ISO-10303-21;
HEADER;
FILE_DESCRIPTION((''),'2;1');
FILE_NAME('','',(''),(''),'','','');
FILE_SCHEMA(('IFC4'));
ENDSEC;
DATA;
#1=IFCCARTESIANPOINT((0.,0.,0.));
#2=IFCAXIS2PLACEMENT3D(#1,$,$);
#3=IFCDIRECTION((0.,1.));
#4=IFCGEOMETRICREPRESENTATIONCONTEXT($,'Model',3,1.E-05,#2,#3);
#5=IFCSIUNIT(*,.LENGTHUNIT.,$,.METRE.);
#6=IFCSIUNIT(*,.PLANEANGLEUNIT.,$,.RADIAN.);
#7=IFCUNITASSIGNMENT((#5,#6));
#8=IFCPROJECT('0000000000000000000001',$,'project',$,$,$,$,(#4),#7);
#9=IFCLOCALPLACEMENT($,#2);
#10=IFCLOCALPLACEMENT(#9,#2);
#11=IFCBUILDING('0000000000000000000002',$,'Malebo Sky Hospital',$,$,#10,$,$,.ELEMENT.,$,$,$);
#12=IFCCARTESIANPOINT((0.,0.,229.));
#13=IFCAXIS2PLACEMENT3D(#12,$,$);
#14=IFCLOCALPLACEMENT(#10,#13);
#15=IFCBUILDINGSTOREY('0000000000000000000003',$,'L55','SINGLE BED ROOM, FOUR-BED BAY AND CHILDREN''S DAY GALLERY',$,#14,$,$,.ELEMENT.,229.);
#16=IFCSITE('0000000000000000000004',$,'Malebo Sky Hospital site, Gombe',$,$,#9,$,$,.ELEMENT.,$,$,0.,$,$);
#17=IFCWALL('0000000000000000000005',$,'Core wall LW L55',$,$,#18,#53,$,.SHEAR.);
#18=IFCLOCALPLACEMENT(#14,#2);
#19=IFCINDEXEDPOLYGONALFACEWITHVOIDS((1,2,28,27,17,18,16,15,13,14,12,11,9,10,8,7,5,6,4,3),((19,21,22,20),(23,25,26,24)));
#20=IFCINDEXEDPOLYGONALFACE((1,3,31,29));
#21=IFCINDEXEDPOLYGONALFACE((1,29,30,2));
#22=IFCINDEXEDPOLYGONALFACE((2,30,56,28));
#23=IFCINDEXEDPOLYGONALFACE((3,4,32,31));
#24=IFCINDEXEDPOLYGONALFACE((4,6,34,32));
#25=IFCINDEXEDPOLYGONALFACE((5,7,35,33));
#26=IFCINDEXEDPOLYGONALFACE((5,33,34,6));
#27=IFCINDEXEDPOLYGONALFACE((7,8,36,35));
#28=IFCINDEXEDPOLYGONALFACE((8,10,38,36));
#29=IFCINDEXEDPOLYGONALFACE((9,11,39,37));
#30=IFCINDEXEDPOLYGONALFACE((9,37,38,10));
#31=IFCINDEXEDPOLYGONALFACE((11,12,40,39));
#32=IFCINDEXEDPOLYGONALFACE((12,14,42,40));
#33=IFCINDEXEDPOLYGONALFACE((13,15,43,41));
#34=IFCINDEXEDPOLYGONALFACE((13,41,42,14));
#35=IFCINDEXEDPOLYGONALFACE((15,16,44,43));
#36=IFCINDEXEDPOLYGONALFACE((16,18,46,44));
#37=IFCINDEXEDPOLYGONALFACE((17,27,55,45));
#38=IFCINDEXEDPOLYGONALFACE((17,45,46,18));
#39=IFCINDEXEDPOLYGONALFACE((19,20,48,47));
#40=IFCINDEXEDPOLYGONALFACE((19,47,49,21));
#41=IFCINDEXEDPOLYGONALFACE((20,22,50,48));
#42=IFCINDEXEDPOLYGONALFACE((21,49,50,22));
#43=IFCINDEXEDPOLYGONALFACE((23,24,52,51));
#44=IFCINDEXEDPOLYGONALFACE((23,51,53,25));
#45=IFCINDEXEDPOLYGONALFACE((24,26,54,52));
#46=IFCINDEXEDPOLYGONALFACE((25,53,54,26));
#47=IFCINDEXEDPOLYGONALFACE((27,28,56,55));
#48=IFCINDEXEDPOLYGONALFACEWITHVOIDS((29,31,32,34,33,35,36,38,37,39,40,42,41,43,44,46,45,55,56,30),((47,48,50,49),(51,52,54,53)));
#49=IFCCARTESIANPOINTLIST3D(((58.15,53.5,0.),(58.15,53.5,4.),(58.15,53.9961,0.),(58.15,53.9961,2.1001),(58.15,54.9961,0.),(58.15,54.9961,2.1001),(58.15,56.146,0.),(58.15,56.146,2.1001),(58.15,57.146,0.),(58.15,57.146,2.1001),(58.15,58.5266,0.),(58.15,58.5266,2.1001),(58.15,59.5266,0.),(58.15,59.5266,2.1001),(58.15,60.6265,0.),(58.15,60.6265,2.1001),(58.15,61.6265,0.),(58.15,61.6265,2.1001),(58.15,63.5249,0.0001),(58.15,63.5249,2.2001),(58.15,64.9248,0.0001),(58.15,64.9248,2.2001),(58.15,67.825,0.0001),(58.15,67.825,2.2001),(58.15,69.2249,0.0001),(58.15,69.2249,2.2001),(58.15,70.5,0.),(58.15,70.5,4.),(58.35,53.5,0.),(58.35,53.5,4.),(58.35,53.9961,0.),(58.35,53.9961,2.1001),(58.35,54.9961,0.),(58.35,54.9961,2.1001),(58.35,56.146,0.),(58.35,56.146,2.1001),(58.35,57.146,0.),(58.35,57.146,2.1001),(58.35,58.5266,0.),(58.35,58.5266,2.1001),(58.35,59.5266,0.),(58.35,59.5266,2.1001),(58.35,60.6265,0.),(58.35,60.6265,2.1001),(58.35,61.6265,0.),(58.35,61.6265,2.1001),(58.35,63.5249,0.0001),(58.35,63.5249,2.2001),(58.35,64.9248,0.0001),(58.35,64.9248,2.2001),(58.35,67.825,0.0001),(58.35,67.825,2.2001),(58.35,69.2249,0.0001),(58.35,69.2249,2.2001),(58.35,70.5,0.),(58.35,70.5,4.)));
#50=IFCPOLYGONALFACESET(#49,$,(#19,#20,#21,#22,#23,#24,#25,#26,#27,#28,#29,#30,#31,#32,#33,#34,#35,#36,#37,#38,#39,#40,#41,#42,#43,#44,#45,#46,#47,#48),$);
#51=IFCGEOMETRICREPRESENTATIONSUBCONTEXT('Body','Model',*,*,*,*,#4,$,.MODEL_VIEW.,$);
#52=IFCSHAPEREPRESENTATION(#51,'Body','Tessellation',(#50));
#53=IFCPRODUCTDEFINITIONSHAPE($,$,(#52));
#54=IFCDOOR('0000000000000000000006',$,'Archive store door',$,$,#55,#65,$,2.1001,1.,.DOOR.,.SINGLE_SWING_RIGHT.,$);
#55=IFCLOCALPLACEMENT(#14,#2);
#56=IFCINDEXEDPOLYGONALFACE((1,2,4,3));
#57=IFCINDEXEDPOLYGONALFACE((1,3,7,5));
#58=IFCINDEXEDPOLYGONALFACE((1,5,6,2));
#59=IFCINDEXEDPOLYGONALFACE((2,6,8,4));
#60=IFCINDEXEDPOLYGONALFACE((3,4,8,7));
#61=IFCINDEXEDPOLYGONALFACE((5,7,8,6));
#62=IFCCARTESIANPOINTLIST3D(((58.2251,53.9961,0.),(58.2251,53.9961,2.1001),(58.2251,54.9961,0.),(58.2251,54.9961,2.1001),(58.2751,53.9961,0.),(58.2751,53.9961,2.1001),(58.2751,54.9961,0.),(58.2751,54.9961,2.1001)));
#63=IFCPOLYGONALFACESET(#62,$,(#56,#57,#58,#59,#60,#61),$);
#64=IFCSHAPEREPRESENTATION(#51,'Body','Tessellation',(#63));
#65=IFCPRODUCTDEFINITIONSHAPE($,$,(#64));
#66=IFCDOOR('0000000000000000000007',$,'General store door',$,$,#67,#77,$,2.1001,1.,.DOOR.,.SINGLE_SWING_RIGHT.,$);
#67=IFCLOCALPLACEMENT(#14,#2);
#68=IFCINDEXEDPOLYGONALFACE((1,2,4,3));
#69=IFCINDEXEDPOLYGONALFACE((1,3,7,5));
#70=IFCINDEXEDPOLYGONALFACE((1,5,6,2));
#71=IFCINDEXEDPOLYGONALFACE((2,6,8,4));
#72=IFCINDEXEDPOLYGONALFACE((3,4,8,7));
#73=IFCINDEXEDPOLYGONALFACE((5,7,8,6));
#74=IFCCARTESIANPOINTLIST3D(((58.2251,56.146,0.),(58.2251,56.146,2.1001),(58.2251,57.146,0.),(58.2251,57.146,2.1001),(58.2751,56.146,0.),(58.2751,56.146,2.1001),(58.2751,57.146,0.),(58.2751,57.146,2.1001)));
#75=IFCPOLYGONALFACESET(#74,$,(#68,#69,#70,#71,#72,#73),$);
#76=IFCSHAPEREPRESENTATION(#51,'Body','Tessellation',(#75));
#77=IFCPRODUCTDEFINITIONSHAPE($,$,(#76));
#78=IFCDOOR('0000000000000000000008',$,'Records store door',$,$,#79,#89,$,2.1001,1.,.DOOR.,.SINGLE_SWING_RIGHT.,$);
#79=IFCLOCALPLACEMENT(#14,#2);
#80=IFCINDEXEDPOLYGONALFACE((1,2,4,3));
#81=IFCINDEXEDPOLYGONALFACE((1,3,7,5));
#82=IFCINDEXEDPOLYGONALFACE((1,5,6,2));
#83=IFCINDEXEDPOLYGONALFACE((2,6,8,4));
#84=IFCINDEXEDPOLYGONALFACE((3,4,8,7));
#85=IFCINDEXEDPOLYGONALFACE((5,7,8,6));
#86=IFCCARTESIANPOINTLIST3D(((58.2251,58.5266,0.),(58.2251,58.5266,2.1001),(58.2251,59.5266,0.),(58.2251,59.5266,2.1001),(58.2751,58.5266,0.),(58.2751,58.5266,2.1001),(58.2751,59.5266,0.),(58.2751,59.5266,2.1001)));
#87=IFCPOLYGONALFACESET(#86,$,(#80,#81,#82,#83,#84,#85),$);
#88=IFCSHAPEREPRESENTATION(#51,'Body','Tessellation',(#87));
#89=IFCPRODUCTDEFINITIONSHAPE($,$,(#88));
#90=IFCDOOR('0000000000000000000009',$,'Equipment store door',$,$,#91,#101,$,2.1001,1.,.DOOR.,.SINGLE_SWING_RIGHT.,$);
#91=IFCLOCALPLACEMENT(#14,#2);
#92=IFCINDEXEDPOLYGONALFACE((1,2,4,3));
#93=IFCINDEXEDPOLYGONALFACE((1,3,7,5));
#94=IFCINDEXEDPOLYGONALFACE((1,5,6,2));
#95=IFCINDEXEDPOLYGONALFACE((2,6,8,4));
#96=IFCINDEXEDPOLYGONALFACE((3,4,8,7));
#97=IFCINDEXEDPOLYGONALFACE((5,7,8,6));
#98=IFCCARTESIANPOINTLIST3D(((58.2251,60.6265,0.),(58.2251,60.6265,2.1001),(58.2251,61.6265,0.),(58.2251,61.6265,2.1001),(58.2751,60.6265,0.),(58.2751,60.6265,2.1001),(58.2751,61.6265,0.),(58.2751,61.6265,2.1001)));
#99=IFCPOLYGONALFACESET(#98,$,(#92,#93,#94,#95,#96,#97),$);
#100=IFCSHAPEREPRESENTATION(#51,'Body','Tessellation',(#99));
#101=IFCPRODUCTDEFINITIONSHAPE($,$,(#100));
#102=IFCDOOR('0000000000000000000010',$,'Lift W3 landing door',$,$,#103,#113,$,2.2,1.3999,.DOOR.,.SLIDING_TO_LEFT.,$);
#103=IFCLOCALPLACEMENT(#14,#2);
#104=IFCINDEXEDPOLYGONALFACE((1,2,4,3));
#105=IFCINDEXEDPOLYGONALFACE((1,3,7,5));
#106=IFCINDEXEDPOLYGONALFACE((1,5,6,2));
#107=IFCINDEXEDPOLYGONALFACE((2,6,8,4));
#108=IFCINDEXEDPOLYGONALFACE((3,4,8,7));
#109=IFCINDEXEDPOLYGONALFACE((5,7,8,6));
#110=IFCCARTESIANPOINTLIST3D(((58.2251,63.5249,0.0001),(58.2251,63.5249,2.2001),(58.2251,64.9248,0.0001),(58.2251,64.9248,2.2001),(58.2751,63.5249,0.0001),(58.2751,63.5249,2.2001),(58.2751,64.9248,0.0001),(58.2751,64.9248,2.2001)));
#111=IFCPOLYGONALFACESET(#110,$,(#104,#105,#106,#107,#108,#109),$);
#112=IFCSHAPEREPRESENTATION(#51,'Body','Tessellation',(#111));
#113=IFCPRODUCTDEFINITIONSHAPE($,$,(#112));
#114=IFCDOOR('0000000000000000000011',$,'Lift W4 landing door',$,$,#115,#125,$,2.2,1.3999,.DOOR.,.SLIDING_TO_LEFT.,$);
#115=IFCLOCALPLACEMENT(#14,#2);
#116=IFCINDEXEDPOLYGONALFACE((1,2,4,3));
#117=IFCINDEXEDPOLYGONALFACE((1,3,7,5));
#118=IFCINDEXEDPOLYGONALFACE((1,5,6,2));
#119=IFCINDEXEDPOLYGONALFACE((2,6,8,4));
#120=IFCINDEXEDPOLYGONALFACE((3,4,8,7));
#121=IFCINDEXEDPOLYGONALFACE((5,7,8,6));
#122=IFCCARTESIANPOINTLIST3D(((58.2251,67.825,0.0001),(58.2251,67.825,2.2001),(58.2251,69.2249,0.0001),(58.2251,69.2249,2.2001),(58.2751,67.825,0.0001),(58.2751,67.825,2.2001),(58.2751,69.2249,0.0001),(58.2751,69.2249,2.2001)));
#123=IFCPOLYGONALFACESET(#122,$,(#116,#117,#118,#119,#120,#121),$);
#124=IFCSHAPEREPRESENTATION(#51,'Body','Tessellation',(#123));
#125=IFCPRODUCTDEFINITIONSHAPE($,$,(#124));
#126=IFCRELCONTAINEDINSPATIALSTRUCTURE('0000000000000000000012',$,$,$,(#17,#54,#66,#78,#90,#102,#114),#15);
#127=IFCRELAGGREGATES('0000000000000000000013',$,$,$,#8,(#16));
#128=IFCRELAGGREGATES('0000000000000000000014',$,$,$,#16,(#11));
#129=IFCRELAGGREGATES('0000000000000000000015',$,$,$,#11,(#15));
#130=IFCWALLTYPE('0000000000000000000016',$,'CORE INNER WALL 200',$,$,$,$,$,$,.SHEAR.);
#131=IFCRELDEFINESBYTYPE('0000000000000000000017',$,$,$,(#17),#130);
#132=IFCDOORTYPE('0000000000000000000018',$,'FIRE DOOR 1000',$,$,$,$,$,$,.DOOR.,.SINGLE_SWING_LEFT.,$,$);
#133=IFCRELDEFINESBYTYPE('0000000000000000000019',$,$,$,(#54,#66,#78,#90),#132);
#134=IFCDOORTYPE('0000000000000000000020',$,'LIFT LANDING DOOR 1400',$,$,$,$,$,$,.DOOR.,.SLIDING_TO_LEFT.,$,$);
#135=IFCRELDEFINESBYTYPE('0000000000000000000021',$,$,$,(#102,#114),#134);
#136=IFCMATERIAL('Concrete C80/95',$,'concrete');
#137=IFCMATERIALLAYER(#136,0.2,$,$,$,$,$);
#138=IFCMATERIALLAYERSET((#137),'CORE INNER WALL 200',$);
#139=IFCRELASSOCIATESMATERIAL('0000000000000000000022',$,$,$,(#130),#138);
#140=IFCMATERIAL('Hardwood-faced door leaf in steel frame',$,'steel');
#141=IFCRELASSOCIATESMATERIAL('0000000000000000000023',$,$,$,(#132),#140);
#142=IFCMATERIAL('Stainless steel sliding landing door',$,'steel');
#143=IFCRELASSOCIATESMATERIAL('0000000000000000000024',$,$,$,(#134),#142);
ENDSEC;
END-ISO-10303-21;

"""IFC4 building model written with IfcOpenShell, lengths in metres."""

from ifc_helpers import new_model, si_unit, direction, frame, frame_2d, origin, place, context, subcontext, project, spatial, rectangle, extrude, material, layer, layer_set, type_object, element, fill, save


model = new_model("IFC4")

# Units and contexts
model_context = context("Model", 3, precision=1e-05, world=origin(), true_north=direction((0.0, 1.0)))
body_context = subcontext(model_context, "Body", "Model", "MODEL_VIEW")
ifc_project = project(units=[si_unit("LENGTHUNIT", "METRE"), si_unit("PLANEANGLEUNIT", "RADIAN")], contexts=[model_context])

# Site, building, storey
site_placement = place(None, origin())
site = spatial("IfcSite", under=ifc_project, at=site_placement, Name="Malebo Sky Hospital site, Gombe", CompositionType="ELEMENT", RefElevation=0.0)
building_placement = place(site_placement, origin())
building = spatial("IfcBuilding", under=site, at=building_placement, Name="Malebo Sky Hospital", CompositionType="ELEMENT")
storey_placement = place(building_placement, frame((0.0, 0.0, 229.0)))
storey = spatial("IfcBuildingStorey", under=building, at=storey_placement, Name="L55", Description="SINGLE BED ROOM, FOUR-BED BAY AND CHILDREN'S DAY GALLERY", CompositionType="ELEMENT", Elevation=229.0)

# Wall, openings, doors
ifc_material_1 = material(Name="Concrete C80/95", Category="concrete")
ifc_layer_1 = layer(ifc_material_1, 0.2)
ifc_layer_set_1 = layer_set([ifc_layer_1], Name="CORE INNER WALL 200")
wall_type_1 = type_object("IfcWallType", Name="CORE INNER WALL 200", PredefinedType="SHEAR", material=ifc_layer_set_1)
wall_1_placement = place(storey_placement, frame((58.25, 53.5, 0.0), z_axis=(0.0, 0.0, 1.0), x_axis=(0.0, 1.0, 0.0)))
wall_1 = element("IfcWall", 1, at=wall_1_placement, inside=storey, type_object=wall_type_1, Name="Core wall LW L55", PredefinedType="SHEAR", context=body_context, shape_type="SweptSolid", body=[
    extrude(rectangle(XDim=17.0, YDim=0.2, at=frame_2d((8.5, 0.0))), origin(), (0.0, 0.0, 1.0), 4.0),
])
opening_1_placement = place(wall_1_placement, frame((0.4961, 0.0, 0.0)))
opening_1 = element("IfcOpeningElement", 2, at=opening_1_placement, cuts=wall_1, PredefinedType="OPENING", context=body_context, shape_type="SweptSolid", body=[
    extrude(rectangle(XDim=1.0, YDim=2.1001, at=frame_2d((0.5, 1.05))), frame((0.0, 0.1099, 0.0), z_axis=(0.0, -1.0, 0.0), x_axis=(1.0, 0.0, 0.0)), (0.0, 0.0, 1.0), 0.22),
])
opening_2_placement = place(wall_1_placement, frame((2.646, 0.0, 0.0)))
opening_2 = element("IfcOpeningElement", 3, at=opening_2_placement, cuts=wall_1, PredefinedType="OPENING", context=body_context, shape_type="SweptSolid", body=[
    extrude(rectangle(XDim=1.0, YDim=2.1001, at=frame_2d((0.5, 1.05))), frame((0.0, 0.1099, 0.0), z_axis=(0.0, -1.0, 0.0), x_axis=(1.0, 0.0, 0.0)), (0.0, 0.0, 1.0), 0.22),
])
opening_3_placement = place(wall_1_placement, frame((5.0266, 0.0, 0.0)))
opening_3 = element("IfcOpeningElement", 4, at=opening_3_placement, cuts=wall_1, PredefinedType="OPENING", context=body_context, shape_type="SweptSolid", body=[
    extrude(rectangle(XDim=1.0, YDim=2.1001, at=frame_2d((0.5, 1.05))), frame((0.0, 0.1099, 0.0), z_axis=(0.0, -1.0, 0.0), x_axis=(1.0, 0.0, 0.0)), (0.0, 0.0, 1.0), 0.22),
])
opening_4_placement = place(wall_1_placement, frame((7.1265, 0.0, 0.0)))
opening_4 = element("IfcOpeningElement", 5, at=opening_4_placement, cuts=wall_1, PredefinedType="OPENING", context=body_context, shape_type="SweptSolid", body=[
    extrude(rectangle(XDim=1.0, YDim=2.1001, at=frame_2d((0.5, 1.05))), frame((0.0, 0.1099, 0.0), z_axis=(0.0, -1.0, 0.0), x_axis=(1.0, 0.0, 0.0)), (0.0, 0.0, 1.0), 0.22),
])
opening_5_placement = place(wall_1_placement, frame((10.0249, 0.0, 0.0)))
opening_5 = element("IfcOpeningElement", 6, at=opening_5_placement, cuts=wall_1, PredefinedType="OPENING", context=body_context, shape_type="SweptSolid", body=[
    extrude(rectangle(XDim=1.3999, YDim=2.2, at=frame_2d((0.7, 1.1001))), frame((0.0, 0.1099, 0.0), z_axis=(0.0, -1.0, 0.0), x_axis=(1.0, 0.0, 0.0)), (0.0, 0.0, 1.0), 0.22),
])
opening_6_placement = place(wall_1_placement, frame((14.325, 0.0, 0.0)))
opening_6 = element("IfcOpeningElement", 7, at=opening_6_placement, cuts=wall_1, PredefinedType="OPENING", context=body_context, shape_type="SweptSolid", body=[
    extrude(rectangle(XDim=1.3999, YDim=2.2, at=frame_2d((0.7, 1.1001))), frame((0.0, 0.1099, 0.0), z_axis=(0.0, -1.0, 0.0), x_axis=(1.0, 0.0, 0.0)), (0.0, 0.0, 1.0), 0.22),
])
ifc_material_2 = material(Name="Hardwood-faced door leaf in steel frame", Category="steel")
door_type_1 = type_object("IfcDoorType", Name="FIRE DOOR 1000", OperationType="SINGLE_SWING_LEFT", PredefinedType="DOOR", material=ifc_material_2)
door_1_placement = place(opening_1_placement, origin())
door_1 = element("IfcDoor", 8, at=door_1_placement, inside=storey, type_object=door_type_1, Name="Archive store door", OperationType="SINGLE_SWING_RIGHT", OverallHeight=2.1001, OverallWidth=1.0, PredefinedType="DOOR", context=body_context, shape_type="SweptSolid", body=[
    extrude(rectangle(XDim=1.0, YDim=2.1001, at=frame_2d((0.5, 1.05))), frame((0.0, 0.0249, 0.0), z_axis=(0.0, -1.0, 0.0), x_axis=(1.0, 0.0, 0.0)), (0.0, 0.0, 1.0), 0.05),
])
fill(opening_1, door_1)
door_2_placement = place(opening_2_placement, origin())
door_2 = element("IfcDoor", 9, at=door_2_placement, inside=storey, type_object=door_type_1, Name="General store door", OperationType="SINGLE_SWING_RIGHT", OverallHeight=2.1001, OverallWidth=1.0, PredefinedType="DOOR", context=body_context, shape_type="SweptSolid", body=[
    extrude(rectangle(XDim=1.0, YDim=2.1001, at=frame_2d((0.5, 1.05))), frame((0.0, 0.0249, 0.0), z_axis=(0.0, -1.0, 0.0), x_axis=(1.0, 0.0, 0.0)), (0.0, 0.0, 1.0), 0.05),
])
fill(opening_2, door_2)
door_3_placement = place(opening_3_placement, origin())
door_3 = element("IfcDoor", 10, at=door_3_placement, inside=storey, type_object=door_type_1, Name="Records store door", OperationType="SINGLE_SWING_RIGHT", OverallHeight=2.1001, OverallWidth=1.0, PredefinedType="DOOR", context=body_context, shape_type="SweptSolid", body=[
    extrude(rectangle(XDim=1.0, YDim=2.1001, at=frame_2d((0.5, 1.05))), frame((0.0, 0.0249, 0.0), z_axis=(0.0, -1.0, 0.0), x_axis=(1.0, 0.0, 0.0)), (0.0, 0.0, 1.0), 0.05),
])
fill(opening_3, door_3)
door_4_placement = place(opening_4_placement, origin())
door_4 = element("IfcDoor", 11, at=door_4_placement, inside=storey, type_object=door_type_1, Name="Equipment store door", OperationType="SINGLE_SWING_RIGHT", OverallHeight=2.1001, OverallWidth=1.0, PredefinedType="DOOR", context=body_context, shape_type="SweptSolid", body=[
    extrude(rectangle(XDim=1.0, YDim=2.1001, at=frame_2d((0.5, 1.05))), frame((0.0, 0.0249, 0.0), z_axis=(0.0, -1.0, 0.0), x_axis=(1.0, 0.0, 0.0)), (0.0, 0.0, 1.0), 0.05),
])
fill(opening_4, door_4)
ifc_material_3 = material(Name="Stainless steel sliding landing door", Category="steel")
door_type_2 = type_object("IfcDoorType", Name="LIFT LANDING DOOR 1400", OperationType="SLIDING_TO_LEFT", PredefinedType="DOOR", material=ifc_material_3)
door_5_placement = place(opening_5_placement, origin())
door_5 = element("IfcDoor", 12, at=door_5_placement, inside=storey, type_object=door_type_2, Name="Lift W3 landing door", OperationType="SLIDING_TO_LEFT", OverallHeight=2.2, OverallWidth=1.3999, PredefinedType="DOOR", context=body_context, shape_type="SweptSolid", body=[
    extrude(rectangle(XDim=1.3999, YDim=2.2, at=frame_2d((0.7, 1.1001))), frame((0.0, 0.0249, 0.0), z_axis=(0.0, -1.0, 0.0), x_axis=(1.0, 0.0, 0.0)), (0.0, 0.0, 1.0), 0.05),
])
fill(opening_5, door_5)
door_6_placement = place(opening_6_placement, origin())
door_6 = element("IfcDoor", 13, at=door_6_placement, inside=storey, type_object=door_type_2, Name="Lift W4 landing door", OperationType="SLIDING_TO_LEFT", OverallHeight=2.2, OverallWidth=1.3999, PredefinedType="DOOR", context=body_context, shape_type="SweptSolid", body=[
    extrude(rectangle(XDim=1.3999, YDim=2.2, at=frame_2d((0.7, 1.1001))), frame((0.0, 0.0249, 0.0), z_axis=(0.0, -1.0, 0.0), x_axis=(1.0, 0.0, 0.0)), (0.0, 0.0, 1.0), 0.05),
])
fill(opening_6, door_6)

save(model, "model.ifc")
